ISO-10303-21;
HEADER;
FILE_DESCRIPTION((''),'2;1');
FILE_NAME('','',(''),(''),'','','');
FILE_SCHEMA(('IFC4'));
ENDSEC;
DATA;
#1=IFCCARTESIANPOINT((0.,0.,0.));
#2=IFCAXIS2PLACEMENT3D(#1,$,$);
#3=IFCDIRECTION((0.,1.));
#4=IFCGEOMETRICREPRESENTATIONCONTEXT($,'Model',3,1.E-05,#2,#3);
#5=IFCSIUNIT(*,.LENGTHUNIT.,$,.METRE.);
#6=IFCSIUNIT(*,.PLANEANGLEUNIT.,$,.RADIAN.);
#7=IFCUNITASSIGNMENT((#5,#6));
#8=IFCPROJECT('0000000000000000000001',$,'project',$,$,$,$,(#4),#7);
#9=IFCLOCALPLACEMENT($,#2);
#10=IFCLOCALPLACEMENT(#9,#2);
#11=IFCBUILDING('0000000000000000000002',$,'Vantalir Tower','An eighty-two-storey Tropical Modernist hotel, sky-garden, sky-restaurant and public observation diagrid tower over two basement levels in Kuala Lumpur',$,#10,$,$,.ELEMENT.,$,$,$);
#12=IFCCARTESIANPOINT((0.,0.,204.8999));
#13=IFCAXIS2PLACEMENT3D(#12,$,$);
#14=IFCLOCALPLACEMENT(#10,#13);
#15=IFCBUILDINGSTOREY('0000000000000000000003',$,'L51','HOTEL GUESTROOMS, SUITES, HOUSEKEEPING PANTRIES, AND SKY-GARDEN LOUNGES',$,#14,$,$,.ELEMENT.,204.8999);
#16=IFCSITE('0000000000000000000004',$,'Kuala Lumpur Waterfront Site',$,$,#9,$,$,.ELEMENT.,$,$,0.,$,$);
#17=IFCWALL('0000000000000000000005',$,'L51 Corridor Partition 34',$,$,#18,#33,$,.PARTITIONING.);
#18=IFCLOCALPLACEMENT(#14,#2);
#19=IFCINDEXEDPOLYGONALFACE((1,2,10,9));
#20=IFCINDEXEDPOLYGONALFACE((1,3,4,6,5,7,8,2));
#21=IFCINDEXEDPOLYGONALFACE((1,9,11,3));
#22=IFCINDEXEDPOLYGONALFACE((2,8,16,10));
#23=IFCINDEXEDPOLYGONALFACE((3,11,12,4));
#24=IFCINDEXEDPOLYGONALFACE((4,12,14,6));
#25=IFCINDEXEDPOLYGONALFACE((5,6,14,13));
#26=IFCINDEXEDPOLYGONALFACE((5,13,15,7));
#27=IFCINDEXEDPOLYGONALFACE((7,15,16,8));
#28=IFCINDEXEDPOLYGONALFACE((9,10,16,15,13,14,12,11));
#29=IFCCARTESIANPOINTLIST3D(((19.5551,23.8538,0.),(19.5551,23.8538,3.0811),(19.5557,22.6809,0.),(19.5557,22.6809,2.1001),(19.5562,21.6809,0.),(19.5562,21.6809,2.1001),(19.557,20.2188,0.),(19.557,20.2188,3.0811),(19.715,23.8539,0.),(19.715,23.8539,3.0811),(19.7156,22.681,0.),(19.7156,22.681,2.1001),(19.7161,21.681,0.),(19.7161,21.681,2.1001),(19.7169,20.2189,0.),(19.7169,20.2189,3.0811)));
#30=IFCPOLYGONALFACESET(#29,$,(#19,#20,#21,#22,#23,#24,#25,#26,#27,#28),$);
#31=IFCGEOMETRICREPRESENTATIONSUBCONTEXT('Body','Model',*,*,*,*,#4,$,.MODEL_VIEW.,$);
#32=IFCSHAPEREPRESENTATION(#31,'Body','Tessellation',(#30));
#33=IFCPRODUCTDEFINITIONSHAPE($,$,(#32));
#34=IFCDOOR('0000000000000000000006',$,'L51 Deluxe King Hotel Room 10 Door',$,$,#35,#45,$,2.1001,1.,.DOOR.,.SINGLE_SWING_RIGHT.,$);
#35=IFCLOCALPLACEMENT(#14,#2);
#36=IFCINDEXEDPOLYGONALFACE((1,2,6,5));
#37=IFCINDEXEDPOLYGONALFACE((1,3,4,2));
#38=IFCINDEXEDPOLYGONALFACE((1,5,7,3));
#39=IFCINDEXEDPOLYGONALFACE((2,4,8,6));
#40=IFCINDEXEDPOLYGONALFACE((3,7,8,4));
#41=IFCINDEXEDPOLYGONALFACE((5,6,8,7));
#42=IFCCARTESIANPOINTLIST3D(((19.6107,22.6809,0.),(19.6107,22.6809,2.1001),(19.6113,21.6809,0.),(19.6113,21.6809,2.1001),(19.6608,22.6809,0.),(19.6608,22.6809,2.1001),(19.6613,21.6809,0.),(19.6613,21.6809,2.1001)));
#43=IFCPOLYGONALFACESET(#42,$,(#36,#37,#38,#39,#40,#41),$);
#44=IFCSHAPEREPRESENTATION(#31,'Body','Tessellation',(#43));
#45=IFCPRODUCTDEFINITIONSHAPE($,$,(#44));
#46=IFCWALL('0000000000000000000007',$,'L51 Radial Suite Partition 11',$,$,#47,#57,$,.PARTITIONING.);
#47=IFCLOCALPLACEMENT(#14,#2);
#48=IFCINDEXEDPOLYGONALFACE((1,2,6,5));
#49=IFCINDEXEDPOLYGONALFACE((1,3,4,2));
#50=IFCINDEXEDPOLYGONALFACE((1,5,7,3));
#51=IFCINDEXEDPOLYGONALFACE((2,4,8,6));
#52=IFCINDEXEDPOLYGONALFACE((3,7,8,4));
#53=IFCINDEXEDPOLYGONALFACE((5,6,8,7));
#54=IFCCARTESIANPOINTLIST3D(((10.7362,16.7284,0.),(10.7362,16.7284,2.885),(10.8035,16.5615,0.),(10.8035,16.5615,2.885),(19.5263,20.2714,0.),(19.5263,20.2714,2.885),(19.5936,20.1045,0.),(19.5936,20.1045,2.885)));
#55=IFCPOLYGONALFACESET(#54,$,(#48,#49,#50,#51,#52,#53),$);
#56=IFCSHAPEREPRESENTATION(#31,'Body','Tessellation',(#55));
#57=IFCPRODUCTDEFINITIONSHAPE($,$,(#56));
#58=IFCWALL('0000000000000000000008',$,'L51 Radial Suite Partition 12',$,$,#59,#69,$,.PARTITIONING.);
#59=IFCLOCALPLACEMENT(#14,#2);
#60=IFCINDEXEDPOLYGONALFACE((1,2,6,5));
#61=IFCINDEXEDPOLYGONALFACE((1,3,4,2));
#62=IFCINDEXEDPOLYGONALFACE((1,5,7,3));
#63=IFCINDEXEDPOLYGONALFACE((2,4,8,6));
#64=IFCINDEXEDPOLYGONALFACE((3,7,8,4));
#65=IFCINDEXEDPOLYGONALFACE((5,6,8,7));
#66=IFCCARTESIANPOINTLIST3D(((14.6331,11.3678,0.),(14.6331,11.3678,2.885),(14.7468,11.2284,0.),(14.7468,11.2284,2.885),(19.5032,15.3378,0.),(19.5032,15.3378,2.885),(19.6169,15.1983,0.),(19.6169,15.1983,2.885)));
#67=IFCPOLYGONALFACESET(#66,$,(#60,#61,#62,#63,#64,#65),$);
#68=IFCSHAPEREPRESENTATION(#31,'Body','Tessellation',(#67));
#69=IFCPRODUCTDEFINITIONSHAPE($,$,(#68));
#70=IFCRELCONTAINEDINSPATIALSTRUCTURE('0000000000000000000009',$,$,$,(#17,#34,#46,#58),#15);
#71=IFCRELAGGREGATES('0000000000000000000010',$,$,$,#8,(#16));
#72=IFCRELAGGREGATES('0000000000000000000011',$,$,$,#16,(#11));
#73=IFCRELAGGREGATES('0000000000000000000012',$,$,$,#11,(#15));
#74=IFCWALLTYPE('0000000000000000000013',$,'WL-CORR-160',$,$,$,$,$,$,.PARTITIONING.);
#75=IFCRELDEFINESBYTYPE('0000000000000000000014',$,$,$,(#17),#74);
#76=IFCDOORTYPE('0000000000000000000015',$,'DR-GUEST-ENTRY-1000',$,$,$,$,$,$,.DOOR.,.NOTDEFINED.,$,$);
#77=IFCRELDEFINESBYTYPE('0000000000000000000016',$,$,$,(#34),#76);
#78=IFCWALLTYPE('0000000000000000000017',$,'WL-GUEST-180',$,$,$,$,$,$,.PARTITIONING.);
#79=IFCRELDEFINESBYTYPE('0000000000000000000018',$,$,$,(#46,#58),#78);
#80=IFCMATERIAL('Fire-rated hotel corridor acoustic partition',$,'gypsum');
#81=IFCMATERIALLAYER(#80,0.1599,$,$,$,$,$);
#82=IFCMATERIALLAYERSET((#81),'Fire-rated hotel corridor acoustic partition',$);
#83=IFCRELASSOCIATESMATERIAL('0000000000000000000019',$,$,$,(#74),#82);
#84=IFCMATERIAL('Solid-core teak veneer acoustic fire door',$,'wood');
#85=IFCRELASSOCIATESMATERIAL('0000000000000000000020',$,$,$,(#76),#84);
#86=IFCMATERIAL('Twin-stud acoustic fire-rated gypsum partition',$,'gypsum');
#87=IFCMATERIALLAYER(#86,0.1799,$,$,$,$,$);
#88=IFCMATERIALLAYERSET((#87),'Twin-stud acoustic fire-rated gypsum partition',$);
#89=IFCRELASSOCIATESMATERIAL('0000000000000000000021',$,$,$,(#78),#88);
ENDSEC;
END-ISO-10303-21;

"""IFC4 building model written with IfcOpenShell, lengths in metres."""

from ifc_helpers import new_model, si_unit, direction, frame, frame_2d, origin, place, context, subcontext, project, spatial, rectangle, extrude, material, layer, layer_set, type_object, element, fill, save


model = new_model("IFC4")

# Units and contexts
model_context = context("Model", 3, precision=1e-05, world=origin(), true_north=direction((0.0, 1.0)))
body_context = subcontext(model_context, "Body", "Model", "MODEL_VIEW")
ifc_project = project(units=[si_unit("LENGTHUNIT", "METRE"), si_unit("PLANEANGLEUNIT", "RADIAN")], contexts=[model_context])

# Site, building, storey
site_placement = place(None, origin())
site = spatial("IfcSite", under=ifc_project, at=site_placement, Name="Kuala Lumpur Waterfront Site", CompositionType="ELEMENT", RefElevation=0.0)
building_placement = place(site_placement, origin())
building = spatial("IfcBuilding", under=site, at=building_placement, Name="Vantalir Tower", Description="An eighty-two-storey Tropical Modernist hotel, sky-garden, sky-restaurant and public observation diagrid tower over two basement levels in Kuala Lumpur", CompositionType="ELEMENT")
storey_placement = place(building_placement, frame((0.0, 0.0, 204.8999)))
storey = spatial("IfcBuildingStorey", under=building, at=storey_placement, Name="L51", Description="HOTEL GUESTROOMS, SUITES, HOUSEKEEPING PANTRIES, AND SKY-GARDEN LOUNGES", CompositionType="ELEMENT", Elevation=204.8999)

# Wall, opening, door
ifc_material_1 = material(Name="Fire-rated hotel corridor acoustic partition", Category="gypsum")
ifc_layer_1 = layer(ifc_material_1, 0.1599)
ifc_layer_set_1 = layer_set([ifc_layer_1], Name="Fire-rated hotel corridor acoustic partition")
wall_type_1 = type_object("IfcWallType", Name="WL-CORR-160", PredefinedType="PARTITIONING", material=ifc_layer_set_1)
wall_1_placement = place(storey_placement, frame((19.637, 20.219, 0.0), z_axis=(0.0, 0.0, 1.0), x_axis=(-0.000537, 1.0, 0.0)))
wall_1 = element("IfcWall", 1, at=wall_1_placement, inside=storey, type_object=wall_type_1, Name="L51 Corridor Partition 34", PredefinedType="PARTITIONING", context=body_context, shape_type="SweptSolid", body=[
    extrude(rectangle(XDim=3.635, YDim=0.1599, at=frame_2d((1.8174, 0.0))), origin(), (0.0, 0.0, 1.0), 3.0811),
])
opening_1_placement = place(wall_1_placement, frame((1.4619, 0.0, 0.0)))
opening_1 = element("IfcOpeningElement", 2, at=opening_1_placement, cuts=wall_1, PredefinedType="OPENING", context=body_context, shape_type="SweptSolid", body=[
    extrude(rectangle(XDim=1.0, YDim=2.1001, at=frame_2d((0.5, 1.05))), frame((0.0, 0.0898, 0.0), z_axis=(0.0, -1.0, 0.0), x_axis=(1.0, 0.0, 0.0)), (0.0, 0.0, 1.0), 0.1799),
])
ifc_material_2 = material(Name="Solid-core teak veneer acoustic fire door", Category="wood")
door_type_1 = type_object("IfcDoorType", Name="DR-GUEST-ENTRY-1000", OperationType="NOTDEFINED", PredefinedType="DOOR", material=ifc_material_2)
door_1_placement = place(opening_1_placement, origin())
door_1 = element("IfcDoor", 3, at=door_1_placement, inside=storey, type_object=door_type_1, Name="L51 Deluxe King Hotel Room 10 Door", OperationType="SINGLE_SWING_RIGHT", OverallHeight=2.1001, OverallWidth=1.0, PredefinedType="DOOR", context=body_context, shape_type="SweptSolid", body=[
    extrude(rectangle(XDim=1.0, YDim=2.1001, at=frame_2d((0.5, 1.05))), frame((0.0, 0.0249, 0.0), z_axis=(0.0, -1.0, 0.0), x_axis=(1.0, 0.0, 0.0)), (0.0, 0.0, 1.0), 0.05),
])
fill(opening_1, door_1)

# Walls
ifc_material_3 = material(Name="Twin-stud acoustic fire-rated gypsum partition", Category="gypsum")
ifc_layer_2 = layer(ifc_material_3, 0.1799)
ifc_layer_set_2 = layer_set([ifc_layer_2], Name="Twin-stud acoustic fire-rated gypsum partition")
wall_type_2 = type_object("IfcWallType", Name="WL-GUEST-180", PredefinedType="PARTITIONING", material=ifc_layer_set_2)
wall_2_placement = place(storey_placement, frame((19.5601, 20.188, 0.0), z_axis=(0.0, 0.0, 1.0), x_axis=(-0.927493, -0.373841, 0.0)))
element("IfcWall", 4, at=wall_2_placement, inside=storey, type_object=wall_type_2, Name="L51 Radial Suite Partition 11", PredefinedType="PARTITIONING", context=body_context, shape_type="SweptSolid", body=[
    extrude(rectangle(XDim=9.4773, YDim=0.1799, at=frame_2d((4.7388, 0.0))), origin(), (0.0, 0.0, 1.0), 2.885),
])
wall_3_placement = place(storey_placement, frame((19.5601, 15.2681, 0.0), z_axis=(0.0, 0.0, 1.0), x_axis=(-0.7751, -0.631838, 0.0)))
element("IfcWall", 5, at=wall_3_placement, inside=storey, type_object=wall_type_2, Name="L51 Radial Suite Partition 12", PredefinedType="PARTITIONING", context=body_context, shape_type="SweptSolid", body=[
    extrude(rectangle(XDim=6.2832, YDim=0.1799, at=frame_2d((3.1416, 0.0))), origin(), (0.0, 0.0, 1.0), 2.885),
])

save(model, "model.ifc")
